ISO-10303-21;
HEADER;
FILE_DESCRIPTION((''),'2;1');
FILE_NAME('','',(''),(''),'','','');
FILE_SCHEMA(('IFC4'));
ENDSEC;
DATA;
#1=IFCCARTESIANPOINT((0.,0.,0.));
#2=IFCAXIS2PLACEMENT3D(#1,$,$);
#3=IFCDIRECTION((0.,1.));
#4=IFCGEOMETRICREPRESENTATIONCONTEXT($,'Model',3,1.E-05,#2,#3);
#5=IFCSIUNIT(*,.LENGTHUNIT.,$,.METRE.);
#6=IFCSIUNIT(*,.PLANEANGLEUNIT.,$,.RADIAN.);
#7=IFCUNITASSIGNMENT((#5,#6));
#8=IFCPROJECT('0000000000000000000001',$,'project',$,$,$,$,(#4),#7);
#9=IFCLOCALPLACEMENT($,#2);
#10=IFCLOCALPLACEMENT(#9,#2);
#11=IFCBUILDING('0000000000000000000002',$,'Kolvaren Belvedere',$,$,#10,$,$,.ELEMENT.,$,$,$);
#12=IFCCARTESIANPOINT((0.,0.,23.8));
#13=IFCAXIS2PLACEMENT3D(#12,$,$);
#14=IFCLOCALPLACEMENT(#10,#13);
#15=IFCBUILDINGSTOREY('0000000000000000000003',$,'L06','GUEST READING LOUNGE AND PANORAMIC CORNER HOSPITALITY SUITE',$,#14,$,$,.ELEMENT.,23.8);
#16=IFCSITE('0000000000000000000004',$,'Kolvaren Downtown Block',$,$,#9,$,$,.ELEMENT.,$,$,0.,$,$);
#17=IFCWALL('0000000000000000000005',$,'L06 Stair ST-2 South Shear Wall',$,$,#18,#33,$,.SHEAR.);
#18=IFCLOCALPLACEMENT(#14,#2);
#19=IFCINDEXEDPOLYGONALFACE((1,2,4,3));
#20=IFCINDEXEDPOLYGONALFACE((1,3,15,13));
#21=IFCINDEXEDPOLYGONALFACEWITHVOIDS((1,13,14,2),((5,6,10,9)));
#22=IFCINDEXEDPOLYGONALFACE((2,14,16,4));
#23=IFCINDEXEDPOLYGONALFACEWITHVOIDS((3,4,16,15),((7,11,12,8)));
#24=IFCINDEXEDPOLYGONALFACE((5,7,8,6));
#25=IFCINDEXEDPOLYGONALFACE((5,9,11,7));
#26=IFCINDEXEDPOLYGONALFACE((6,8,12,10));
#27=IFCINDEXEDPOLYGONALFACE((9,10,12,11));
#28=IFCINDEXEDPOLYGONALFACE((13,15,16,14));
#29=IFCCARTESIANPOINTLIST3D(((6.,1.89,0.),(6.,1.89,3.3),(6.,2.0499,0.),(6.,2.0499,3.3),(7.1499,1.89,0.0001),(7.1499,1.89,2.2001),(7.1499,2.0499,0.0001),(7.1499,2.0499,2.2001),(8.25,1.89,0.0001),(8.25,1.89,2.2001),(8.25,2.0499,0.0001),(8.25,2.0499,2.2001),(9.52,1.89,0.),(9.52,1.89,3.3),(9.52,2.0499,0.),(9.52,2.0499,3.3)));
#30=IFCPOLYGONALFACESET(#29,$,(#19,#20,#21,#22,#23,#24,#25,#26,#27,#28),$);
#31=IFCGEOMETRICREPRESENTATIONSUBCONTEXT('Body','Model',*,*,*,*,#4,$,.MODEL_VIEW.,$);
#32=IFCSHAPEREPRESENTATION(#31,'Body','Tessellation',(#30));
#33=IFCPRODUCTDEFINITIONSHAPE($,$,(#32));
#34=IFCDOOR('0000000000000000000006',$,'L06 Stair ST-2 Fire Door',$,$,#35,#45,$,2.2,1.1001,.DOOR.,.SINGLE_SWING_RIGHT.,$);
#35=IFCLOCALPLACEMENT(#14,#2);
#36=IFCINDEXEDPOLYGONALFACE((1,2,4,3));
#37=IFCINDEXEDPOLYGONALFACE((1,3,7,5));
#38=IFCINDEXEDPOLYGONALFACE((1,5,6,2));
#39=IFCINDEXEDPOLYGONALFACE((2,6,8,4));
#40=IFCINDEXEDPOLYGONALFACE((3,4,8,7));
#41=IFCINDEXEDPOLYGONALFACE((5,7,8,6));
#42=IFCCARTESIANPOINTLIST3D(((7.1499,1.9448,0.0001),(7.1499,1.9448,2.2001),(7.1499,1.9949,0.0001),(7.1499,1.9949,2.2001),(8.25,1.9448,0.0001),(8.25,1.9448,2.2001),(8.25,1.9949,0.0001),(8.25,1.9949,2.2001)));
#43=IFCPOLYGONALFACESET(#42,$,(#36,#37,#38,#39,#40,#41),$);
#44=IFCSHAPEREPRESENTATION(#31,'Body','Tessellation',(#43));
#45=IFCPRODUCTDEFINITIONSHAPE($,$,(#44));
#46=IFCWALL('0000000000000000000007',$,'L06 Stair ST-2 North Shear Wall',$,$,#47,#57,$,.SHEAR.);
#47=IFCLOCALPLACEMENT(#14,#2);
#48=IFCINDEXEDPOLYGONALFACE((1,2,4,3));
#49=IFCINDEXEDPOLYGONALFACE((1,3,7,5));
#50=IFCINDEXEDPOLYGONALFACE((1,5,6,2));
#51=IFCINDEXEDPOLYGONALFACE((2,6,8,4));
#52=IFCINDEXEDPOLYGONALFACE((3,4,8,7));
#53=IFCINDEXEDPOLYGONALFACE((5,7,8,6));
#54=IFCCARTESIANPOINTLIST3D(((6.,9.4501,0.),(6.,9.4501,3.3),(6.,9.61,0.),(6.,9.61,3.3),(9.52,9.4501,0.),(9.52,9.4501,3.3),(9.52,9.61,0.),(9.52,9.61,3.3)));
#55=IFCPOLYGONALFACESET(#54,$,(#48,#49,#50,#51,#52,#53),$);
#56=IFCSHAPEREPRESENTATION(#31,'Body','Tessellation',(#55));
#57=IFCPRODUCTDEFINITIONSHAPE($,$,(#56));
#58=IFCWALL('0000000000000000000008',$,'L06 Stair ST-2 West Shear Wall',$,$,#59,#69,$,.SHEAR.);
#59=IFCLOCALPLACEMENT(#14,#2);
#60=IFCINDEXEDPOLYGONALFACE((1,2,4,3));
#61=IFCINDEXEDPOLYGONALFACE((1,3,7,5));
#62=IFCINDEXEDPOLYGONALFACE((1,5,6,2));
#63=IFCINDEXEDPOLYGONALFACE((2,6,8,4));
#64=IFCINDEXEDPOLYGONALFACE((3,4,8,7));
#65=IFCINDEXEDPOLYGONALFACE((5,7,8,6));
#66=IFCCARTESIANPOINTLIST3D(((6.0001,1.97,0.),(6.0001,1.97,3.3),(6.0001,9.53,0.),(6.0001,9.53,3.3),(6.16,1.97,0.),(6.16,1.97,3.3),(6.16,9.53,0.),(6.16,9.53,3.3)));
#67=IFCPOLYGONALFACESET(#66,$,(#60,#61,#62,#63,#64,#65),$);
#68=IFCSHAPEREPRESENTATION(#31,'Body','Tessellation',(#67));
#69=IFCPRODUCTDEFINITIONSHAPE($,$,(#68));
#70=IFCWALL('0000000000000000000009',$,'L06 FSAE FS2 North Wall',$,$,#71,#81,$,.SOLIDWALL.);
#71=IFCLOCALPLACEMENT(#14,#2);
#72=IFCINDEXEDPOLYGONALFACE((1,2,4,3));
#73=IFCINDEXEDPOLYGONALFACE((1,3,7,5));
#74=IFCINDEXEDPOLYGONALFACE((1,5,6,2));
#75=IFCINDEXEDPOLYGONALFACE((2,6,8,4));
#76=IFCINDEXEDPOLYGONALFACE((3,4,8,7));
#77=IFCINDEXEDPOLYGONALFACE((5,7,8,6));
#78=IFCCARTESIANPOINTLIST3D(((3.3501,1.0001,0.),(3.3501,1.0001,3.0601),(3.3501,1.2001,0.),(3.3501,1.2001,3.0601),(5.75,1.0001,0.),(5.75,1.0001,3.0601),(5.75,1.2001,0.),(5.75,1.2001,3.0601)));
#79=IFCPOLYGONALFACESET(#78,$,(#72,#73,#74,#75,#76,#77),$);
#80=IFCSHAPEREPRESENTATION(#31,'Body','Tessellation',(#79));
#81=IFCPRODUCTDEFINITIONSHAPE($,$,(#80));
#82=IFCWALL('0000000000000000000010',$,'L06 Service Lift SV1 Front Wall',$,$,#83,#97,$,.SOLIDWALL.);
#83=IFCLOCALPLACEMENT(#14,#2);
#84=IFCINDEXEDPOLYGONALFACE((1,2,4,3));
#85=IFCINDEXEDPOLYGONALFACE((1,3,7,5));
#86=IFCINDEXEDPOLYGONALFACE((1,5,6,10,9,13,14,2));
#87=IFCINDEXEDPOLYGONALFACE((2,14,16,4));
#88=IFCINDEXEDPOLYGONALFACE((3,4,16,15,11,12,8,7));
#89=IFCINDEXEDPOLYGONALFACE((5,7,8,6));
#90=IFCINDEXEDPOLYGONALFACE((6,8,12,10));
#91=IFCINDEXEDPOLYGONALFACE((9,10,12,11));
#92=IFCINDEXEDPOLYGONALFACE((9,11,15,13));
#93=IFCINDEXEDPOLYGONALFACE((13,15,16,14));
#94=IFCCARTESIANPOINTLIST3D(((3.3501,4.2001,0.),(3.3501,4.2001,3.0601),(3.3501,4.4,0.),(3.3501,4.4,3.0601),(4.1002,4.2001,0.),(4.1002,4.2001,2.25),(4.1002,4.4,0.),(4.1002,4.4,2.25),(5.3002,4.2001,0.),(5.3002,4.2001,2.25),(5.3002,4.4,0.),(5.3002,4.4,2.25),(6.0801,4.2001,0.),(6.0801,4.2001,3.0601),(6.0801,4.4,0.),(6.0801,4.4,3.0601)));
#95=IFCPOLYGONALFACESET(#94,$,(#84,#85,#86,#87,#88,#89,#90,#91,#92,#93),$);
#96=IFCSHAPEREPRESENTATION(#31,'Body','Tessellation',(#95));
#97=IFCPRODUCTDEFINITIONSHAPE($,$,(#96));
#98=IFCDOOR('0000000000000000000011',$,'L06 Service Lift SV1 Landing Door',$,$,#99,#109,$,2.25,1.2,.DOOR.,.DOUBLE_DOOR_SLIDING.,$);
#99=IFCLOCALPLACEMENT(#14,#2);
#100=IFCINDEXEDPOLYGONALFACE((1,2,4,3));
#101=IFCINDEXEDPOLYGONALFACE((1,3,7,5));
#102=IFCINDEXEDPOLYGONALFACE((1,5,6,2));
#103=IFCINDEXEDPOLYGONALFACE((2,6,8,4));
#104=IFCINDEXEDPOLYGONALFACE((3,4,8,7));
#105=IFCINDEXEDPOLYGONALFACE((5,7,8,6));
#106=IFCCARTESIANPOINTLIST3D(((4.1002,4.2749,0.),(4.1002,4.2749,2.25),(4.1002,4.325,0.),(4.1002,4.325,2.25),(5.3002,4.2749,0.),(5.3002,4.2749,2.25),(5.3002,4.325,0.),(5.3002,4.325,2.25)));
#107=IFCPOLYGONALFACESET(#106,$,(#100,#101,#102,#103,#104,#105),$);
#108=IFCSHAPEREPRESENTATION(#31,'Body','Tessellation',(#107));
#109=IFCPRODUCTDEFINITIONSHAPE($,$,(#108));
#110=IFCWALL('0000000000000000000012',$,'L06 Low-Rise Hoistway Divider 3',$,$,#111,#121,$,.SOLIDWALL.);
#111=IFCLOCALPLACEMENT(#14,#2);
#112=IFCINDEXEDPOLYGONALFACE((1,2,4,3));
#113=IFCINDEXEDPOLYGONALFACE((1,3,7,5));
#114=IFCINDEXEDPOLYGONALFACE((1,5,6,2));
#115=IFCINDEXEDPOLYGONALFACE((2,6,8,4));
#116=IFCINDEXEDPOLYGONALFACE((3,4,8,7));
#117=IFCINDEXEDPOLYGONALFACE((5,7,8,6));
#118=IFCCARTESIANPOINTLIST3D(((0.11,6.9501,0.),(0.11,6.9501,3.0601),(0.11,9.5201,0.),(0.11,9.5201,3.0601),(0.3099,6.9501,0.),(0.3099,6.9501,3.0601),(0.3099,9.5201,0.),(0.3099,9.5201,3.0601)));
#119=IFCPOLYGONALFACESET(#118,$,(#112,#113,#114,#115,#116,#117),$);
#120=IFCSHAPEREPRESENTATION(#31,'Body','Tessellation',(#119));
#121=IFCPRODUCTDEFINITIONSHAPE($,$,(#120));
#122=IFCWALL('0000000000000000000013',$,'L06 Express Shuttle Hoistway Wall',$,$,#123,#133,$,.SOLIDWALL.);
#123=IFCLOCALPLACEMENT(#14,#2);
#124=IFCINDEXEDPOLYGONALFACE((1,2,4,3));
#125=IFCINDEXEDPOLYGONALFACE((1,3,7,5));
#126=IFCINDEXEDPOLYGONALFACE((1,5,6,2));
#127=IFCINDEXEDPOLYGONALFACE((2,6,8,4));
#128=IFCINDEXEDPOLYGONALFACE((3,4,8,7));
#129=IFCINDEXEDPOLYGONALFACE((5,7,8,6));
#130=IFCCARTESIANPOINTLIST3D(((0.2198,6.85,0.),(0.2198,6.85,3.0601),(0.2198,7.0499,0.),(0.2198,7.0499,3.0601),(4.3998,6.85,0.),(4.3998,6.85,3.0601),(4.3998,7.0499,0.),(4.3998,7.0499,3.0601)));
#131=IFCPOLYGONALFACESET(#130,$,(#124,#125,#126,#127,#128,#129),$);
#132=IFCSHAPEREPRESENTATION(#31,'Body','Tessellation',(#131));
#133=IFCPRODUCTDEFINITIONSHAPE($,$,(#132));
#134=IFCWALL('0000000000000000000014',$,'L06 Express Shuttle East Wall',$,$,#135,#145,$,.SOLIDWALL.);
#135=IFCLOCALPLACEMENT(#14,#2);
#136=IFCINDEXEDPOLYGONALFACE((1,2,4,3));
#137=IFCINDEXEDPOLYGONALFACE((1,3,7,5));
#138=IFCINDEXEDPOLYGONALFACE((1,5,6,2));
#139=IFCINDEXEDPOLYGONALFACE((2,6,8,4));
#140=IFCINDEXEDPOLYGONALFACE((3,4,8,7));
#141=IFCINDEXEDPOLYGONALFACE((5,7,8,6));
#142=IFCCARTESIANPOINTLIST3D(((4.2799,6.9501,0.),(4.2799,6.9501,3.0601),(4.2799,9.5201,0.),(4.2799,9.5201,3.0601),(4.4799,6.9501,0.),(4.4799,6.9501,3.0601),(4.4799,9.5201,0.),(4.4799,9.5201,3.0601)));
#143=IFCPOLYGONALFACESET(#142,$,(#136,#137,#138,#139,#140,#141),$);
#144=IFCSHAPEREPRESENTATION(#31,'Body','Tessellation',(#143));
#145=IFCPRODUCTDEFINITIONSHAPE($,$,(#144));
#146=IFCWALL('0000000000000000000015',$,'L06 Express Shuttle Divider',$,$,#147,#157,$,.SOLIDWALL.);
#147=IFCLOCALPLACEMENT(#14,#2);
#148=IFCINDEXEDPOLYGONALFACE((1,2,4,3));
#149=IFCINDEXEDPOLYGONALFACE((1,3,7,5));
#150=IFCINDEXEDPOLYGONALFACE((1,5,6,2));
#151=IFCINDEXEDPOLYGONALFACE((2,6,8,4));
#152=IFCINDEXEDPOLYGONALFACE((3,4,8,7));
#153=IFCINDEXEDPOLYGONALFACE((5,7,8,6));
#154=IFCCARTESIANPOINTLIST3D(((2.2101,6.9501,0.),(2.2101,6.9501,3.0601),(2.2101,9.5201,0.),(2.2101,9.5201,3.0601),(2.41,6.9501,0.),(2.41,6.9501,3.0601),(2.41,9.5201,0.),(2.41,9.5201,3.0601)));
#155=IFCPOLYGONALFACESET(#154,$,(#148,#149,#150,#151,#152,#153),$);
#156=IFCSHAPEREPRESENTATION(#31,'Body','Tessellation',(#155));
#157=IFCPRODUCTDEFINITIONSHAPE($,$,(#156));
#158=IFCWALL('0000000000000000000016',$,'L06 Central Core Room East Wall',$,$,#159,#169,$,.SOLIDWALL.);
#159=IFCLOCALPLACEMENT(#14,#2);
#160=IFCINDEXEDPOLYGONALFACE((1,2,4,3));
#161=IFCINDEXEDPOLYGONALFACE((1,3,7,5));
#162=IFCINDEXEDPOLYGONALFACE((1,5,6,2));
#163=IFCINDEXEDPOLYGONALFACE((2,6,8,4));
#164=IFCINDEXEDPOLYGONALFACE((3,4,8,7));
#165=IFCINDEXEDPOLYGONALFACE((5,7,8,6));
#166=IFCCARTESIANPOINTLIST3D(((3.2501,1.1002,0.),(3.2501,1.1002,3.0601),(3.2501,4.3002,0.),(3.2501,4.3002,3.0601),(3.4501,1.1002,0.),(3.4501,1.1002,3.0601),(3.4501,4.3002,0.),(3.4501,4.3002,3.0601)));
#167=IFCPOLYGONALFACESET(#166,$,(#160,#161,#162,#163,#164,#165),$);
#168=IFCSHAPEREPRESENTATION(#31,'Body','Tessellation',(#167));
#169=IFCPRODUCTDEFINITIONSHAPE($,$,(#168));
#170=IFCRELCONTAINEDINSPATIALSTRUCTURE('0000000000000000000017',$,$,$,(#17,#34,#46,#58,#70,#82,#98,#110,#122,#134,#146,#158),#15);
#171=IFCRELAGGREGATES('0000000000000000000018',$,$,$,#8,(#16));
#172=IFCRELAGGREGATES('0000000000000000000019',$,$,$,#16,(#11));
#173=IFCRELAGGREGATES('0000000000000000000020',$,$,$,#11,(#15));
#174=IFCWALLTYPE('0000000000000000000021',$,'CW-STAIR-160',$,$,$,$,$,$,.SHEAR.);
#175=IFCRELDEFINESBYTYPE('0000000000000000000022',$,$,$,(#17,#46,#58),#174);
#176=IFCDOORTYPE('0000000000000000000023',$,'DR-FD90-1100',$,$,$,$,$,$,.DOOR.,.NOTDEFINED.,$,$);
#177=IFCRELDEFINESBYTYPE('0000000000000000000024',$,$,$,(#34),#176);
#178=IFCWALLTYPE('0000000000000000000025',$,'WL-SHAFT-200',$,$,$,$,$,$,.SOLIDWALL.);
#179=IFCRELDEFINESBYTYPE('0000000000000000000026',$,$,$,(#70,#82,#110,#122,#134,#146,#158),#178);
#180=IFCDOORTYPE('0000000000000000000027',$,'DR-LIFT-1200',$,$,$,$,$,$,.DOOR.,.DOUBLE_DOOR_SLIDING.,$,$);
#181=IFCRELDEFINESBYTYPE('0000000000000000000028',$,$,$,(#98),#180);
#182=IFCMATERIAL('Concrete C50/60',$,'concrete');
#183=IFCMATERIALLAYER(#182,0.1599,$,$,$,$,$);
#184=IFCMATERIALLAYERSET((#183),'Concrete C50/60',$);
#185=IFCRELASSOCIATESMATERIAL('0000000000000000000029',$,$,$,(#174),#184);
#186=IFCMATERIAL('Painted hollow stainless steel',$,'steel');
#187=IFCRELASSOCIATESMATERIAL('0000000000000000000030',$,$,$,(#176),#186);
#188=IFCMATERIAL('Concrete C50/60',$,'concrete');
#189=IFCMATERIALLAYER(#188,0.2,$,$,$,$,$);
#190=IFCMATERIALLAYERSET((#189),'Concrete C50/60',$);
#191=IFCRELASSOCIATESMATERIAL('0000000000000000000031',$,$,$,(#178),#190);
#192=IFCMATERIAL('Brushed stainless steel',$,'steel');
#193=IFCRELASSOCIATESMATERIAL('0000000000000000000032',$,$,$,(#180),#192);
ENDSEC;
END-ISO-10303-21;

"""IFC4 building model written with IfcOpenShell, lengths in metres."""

from ifc_helpers import new_model, si_unit, direction, frame, frame_2d, origin, place, context, subcontext, project, spatial, rectangle, extrude, material, layer, layer_set, type_object, element, fill, save


model = new_model("IFC4")

# Units and contexts
model_context = context("Model", 3, precision=1e-05, world=origin(), true_north=direction((0.0, 1.0)))
body_context = subcontext(model_context, "Body", "Model", "MODEL_VIEW")
ifc_project = project(units=[si_unit("LENGTHUNIT", "METRE"), si_unit("PLANEANGLEUNIT", "RADIAN")], contexts=[model_context])

# Site, building, storey
site_placement = place(None, origin())
site = spatial("IfcSite", under=ifc_project, at=site_placement, Name="Kolvaren Downtown Block", CompositionType="ELEMENT", RefElevation=0.0)
building_placement = place(site_placement, origin())
building = spatial("IfcBuilding", under=site, at=building_placement, Name="Kolvaren Belvedere", CompositionType="ELEMENT")
storey_placement = place(building_placement, frame((0.0, 0.0, 23.8)))
storey = spatial("IfcBuildingStorey", under=building, at=storey_placement, Name="L06", Description="GUEST READING LOUNGE AND PANORAMIC CORNER HOSPITALITY SUITE", CompositionType="ELEMENT", Elevation=23.8)

# Wall, opening, door
ifc_material_1 = material(Name="Concrete C50/60", Category="concrete")
ifc_layer_1 = layer(ifc_material_1, 0.1599)
ifc_layer_set_1 = layer_set([ifc_layer_1], Name="Concrete C50/60")
wall_type_1 = type_object("IfcWallType", Name="CW-STAIR-160", PredefinedType="SHEAR", material=ifc_layer_set_1)
wall_1_placement = place(storey_placement, frame((6.0, 1.97, 0.0), z_axis=(0.0, 0.0, 1.0), x_axis=(1.0, 0.0, 0.0)))
wall_1 = element("IfcWall", 1, at=wall_1_placement, inside=storey, type_object=wall_type_1, Name="L06 Stair ST-2 South Shear Wall", PredefinedType="SHEAR", context=body_context, shape_type="SweptSolid", body=[
    extrude(rectangle(XDim=3.52, YDim=0.1599, at=frame_2d((1.76, 0.0))), origin(), (0.0, 0.0, 1.0), 3.3),
])
opening_1_placement = place(wall_1_placement, frame((1.1499, 0.0, 0.0)))
opening_1 = element("IfcOpeningElement", 2, at=opening_1_placement, cuts=wall_1, PredefinedType="OPENING", context=body_context, shape_type="SweptSolid", body=[
    extrude(rectangle(XDim=1.1001, YDim=2.2, at=frame_2d((0.55, 1.1001))), frame((0.0, 0.0898, 0.0), z_axis=(0.0, -1.0, 0.0), x_axis=(1.0, 0.0, 0.0)), (0.0, 0.0, 1.0), 0.1799),
])
ifc_material_2 = material(Name="Painted hollow stainless steel", Category="steel")
door_type_1 = type_object("IfcDoorType", Name="DR-FD90-1100", OperationType="NOTDEFINED", PredefinedType="DOOR", material=ifc_material_2)
door_1_placement = place(opening_1_placement, origin())
door_1 = element("IfcDoor", 3, at=door_1_placement, inside=storey, type_object=door_type_1, Name="L06 Stair ST-2 Fire Door", OperationType="SINGLE_SWING_RIGHT", OverallHeight=2.2, OverallWidth=1.1001, PredefinedType="DOOR", context=body_context, shape_type="SweptSolid", body=[
    extrude(rectangle(XDim=1.1001, YDim=2.2, at=frame_2d((0.55, 1.1001))), frame((0.0, 0.0249, 0.0), z_axis=(0.0, -1.0, 0.0), x_axis=(1.0, 0.0, 0.0)), (0.0, 0.0, 1.0), 0.05),
])
fill(opening_1, door_1)

# Walls
wall_2_placement = place(storey_placement, frame((6.0, 9.53, 0.0), z_axis=(0.0, 0.0, 1.0), x_axis=(1.0, 0.0, 0.0)))
element("IfcWall", 4, at=wall_2_placement, inside=storey, type_object=wall_type_1, Name="L06 Stair ST-2 North Shear Wall", PredefinedType="SHEAR", context=body_context, shape_type="SweptSolid", body=[
    extrude(rectangle(XDim=3.52, YDim=0.1599, at=frame_2d((1.76, 0.0))), origin(), (0.0, 0.0, 1.0), 3.3),
])
wall_3_placement = place(storey_placement, frame((6.0801, 1.97, 0.0), z_axis=(0.0, 0.0, 1.0), x_axis=(0.0, 1.0, 0.0)))
element("IfcWall", 5, at=wall_3_placement, inside=storey, type_object=wall_type_1, Name="L06 Stair ST-2 West Shear Wall", PredefinedType="SHEAR", context=body_context, shape_type="SweptSolid", body=[
    extrude(rectangle(XDim=7.5601, YDim=0.1599, at=frame_2d((3.78, 0.0))), origin(), (0.0, 0.0, 1.0), 3.3),
])
ifc_material_3 = material(Name="Concrete C50/60", Category="concrete")
ifc_layer_2 = layer(ifc_material_3, 0.2)
ifc_layer_set_2 = layer_set([ifc_layer_2], Name="Concrete C50/60")
wall_type_2 = type_object("IfcWallType", Name="WL-SHAFT-200", PredefinedType="SOLIDWALL", material=ifc_layer_set_2)
wall_4_placement = place(storey_placement, frame((3.3501, 1.1001, 0.0), z_axis=(0.0, 0.0, 1.0), x_axis=(1.0, 0.0, 0.0)))
element("IfcWall", 6, at=wall_4_placement, inside=storey, type_object=wall_type_2, Name="L06 FSAE FS2 North Wall", PredefinedType="SOLIDWALL", context=body_context, shape_type="SweptSolid", body=[
    extrude(rectangle(XDim=2.3999, YDim=0.2, at=frame_2d((1.2, 0.0))), origin(), (0.0, 0.0, 1.0), 3.0601),
])

# Wall, opening, door
wall_5_placement = place(storey_placement, frame((3.3501, 4.3, 0.0), z_axis=(0.0, 0.0, 1.0), x_axis=(1.0, 0.0, 0.0)))
wall_5 = element("IfcWall", 7, at=wall_5_placement, inside=storey, type_object=wall_type_2, Name="L06 Service Lift SV1 Front Wall", PredefinedType="SOLIDWALL", context=body_context, shape_type="SweptSolid", body=[
    extrude(rectangle(XDim=2.73, YDim=0.2, at=frame_2d((1.365, 0.0))), origin(), (0.0, 0.0, 1.0), 3.0601),
])
opening_2_placement = place(wall_5_placement, frame((0.75, 0.0, 0.0)))
opening_2 = element("IfcOpeningElement", 8, at=opening_2_placement, cuts=wall_5, PredefinedType="OPENING", context=body_context, shape_type="SweptSolid", body=[
    extrude(rectangle(XDim=1.2, YDim=2.25, at=frame_2d((0.6001, 1.125))), frame((0.0, 0.1099, 0.0), z_axis=(0.0, -1.0, 0.0), x_axis=(1.0, 0.0, 0.0)), (0.0, 0.0, 1.0), 0.22),
])
ifc_material_4 = material(Name="Brushed stainless steel", Category="steel")
door_type_2 = type_object("IfcDoorType", Name="DR-LIFT-1200", OperationType="DOUBLE_DOOR_SLIDING", PredefinedType="DOOR", material=ifc_material_4)
door_2_placement = place(opening_2_placement, origin())
door_2 = element("IfcDoor", 9, at=door_2_placement, inside=storey, type_object=door_type_2, Name="L06 Service Lift SV1 Landing Door", OperationType="DOUBLE_DOOR_SLIDING", OverallHeight=2.25, OverallWidth=1.2, PredefinedType="DOOR", context=body_context, shape_type="SweptSolid", body=[
    extrude(rectangle(XDim=1.2, YDim=2.25, at=frame_2d((0.6001, 1.125))), frame((0.0, 0.0249, 0.0), z_axis=(0.0, -1.0, 0.0), x_axis=(1.0, 0.0, 0.0)), (0.0, 0.0, 1.0), 0.05),
])
fill(opening_2, door_2)

# Walls
wall_6_placement = place(storey_placement, frame((0.21, 6.95, 0.0), z_axis=(0.0, 0.0, 1.0), x_axis=(0.0, 1.0, 0.0)))
element("IfcWall", 10, at=wall_6_placement, inside=storey, type_object=wall_type_2, Name="L06 Low-Rise Hoistway Divider 3", PredefinedType="SOLIDWALL", context=body_context, shape_type="SweptSolid", body=[
    extrude(rectangle(XDim=2.5701, YDim=0.2, at=frame_2d((1.2852, 0.0))), origin(), (0.0, 0.0, 1.0), 3.0601),
])
wall_7_placement = place(storey_placement, frame((0.22, 6.95, 0.0), z_axis=(0.0, 0.0, 1.0), x_axis=(1.0, 0.0, 0.0)))
element("IfcWall", 11, at=wall_7_placement, inside=storey, type_object=wall_type_2, Name="L06 Express Shuttle Hoistway Wall", PredefinedType="SOLIDWALL", context=body_context, shape_type="SweptSolid", body=[
    extrude(rectangle(XDim=4.1799, YDim=0.2, at=frame_2d((2.0898, 0.0))), origin(), (0.0, 0.0, 1.0), 3.0601),
])
for number, where, z_axis, x_axis, name in (
    (12, (4.3799, 6.95, 0.0), (0.0, 0.0, 1.0), (0.0, 1.0, 0.0), "L06 Express Shuttle East Wall"),
    (13, (2.3101, 6.95, 0.0), (0.0, 0.0, 1.0), (0.0, 1.0, 0.0), "L06 Express Shuttle Divider"),
):
    element("IfcWall", number, at=place(storey_placement, frame(where, z_axis=z_axis, x_axis=x_axis)), inside=storey, type_object=wall_type_2, Name=name, PredefinedType="SOLIDWALL", context=body_context, shape_type="SweptSolid", body=[
        extrude(rectangle(XDim=2.5701, YDim=0.2, at=frame_2d((1.2852, 0.0))), origin(), (0.0, 0.0, 1.0), 3.0601),
    ])
wall_8_placement = place(storey_placement, frame((3.3501, 1.1001, 0.0), z_axis=(0.0, 0.0, 1.0), x_axis=(0.0, 1.0, 0.0)))
element("IfcWall", 14, at=wall_8_placement, inside=storey, type_object=wall_type_2, Name="L06 Central Core Room East Wall", PredefinedType="SOLIDWALL", context=body_context, shape_type="SweptSolid", body=[
    extrude(rectangle(XDim=3.2, YDim=0.2, at=frame_2d((1.6001, 0.0))), origin(), (0.0, 0.0, 1.0), 3.0601),
])

save(model, "model.ifc")
